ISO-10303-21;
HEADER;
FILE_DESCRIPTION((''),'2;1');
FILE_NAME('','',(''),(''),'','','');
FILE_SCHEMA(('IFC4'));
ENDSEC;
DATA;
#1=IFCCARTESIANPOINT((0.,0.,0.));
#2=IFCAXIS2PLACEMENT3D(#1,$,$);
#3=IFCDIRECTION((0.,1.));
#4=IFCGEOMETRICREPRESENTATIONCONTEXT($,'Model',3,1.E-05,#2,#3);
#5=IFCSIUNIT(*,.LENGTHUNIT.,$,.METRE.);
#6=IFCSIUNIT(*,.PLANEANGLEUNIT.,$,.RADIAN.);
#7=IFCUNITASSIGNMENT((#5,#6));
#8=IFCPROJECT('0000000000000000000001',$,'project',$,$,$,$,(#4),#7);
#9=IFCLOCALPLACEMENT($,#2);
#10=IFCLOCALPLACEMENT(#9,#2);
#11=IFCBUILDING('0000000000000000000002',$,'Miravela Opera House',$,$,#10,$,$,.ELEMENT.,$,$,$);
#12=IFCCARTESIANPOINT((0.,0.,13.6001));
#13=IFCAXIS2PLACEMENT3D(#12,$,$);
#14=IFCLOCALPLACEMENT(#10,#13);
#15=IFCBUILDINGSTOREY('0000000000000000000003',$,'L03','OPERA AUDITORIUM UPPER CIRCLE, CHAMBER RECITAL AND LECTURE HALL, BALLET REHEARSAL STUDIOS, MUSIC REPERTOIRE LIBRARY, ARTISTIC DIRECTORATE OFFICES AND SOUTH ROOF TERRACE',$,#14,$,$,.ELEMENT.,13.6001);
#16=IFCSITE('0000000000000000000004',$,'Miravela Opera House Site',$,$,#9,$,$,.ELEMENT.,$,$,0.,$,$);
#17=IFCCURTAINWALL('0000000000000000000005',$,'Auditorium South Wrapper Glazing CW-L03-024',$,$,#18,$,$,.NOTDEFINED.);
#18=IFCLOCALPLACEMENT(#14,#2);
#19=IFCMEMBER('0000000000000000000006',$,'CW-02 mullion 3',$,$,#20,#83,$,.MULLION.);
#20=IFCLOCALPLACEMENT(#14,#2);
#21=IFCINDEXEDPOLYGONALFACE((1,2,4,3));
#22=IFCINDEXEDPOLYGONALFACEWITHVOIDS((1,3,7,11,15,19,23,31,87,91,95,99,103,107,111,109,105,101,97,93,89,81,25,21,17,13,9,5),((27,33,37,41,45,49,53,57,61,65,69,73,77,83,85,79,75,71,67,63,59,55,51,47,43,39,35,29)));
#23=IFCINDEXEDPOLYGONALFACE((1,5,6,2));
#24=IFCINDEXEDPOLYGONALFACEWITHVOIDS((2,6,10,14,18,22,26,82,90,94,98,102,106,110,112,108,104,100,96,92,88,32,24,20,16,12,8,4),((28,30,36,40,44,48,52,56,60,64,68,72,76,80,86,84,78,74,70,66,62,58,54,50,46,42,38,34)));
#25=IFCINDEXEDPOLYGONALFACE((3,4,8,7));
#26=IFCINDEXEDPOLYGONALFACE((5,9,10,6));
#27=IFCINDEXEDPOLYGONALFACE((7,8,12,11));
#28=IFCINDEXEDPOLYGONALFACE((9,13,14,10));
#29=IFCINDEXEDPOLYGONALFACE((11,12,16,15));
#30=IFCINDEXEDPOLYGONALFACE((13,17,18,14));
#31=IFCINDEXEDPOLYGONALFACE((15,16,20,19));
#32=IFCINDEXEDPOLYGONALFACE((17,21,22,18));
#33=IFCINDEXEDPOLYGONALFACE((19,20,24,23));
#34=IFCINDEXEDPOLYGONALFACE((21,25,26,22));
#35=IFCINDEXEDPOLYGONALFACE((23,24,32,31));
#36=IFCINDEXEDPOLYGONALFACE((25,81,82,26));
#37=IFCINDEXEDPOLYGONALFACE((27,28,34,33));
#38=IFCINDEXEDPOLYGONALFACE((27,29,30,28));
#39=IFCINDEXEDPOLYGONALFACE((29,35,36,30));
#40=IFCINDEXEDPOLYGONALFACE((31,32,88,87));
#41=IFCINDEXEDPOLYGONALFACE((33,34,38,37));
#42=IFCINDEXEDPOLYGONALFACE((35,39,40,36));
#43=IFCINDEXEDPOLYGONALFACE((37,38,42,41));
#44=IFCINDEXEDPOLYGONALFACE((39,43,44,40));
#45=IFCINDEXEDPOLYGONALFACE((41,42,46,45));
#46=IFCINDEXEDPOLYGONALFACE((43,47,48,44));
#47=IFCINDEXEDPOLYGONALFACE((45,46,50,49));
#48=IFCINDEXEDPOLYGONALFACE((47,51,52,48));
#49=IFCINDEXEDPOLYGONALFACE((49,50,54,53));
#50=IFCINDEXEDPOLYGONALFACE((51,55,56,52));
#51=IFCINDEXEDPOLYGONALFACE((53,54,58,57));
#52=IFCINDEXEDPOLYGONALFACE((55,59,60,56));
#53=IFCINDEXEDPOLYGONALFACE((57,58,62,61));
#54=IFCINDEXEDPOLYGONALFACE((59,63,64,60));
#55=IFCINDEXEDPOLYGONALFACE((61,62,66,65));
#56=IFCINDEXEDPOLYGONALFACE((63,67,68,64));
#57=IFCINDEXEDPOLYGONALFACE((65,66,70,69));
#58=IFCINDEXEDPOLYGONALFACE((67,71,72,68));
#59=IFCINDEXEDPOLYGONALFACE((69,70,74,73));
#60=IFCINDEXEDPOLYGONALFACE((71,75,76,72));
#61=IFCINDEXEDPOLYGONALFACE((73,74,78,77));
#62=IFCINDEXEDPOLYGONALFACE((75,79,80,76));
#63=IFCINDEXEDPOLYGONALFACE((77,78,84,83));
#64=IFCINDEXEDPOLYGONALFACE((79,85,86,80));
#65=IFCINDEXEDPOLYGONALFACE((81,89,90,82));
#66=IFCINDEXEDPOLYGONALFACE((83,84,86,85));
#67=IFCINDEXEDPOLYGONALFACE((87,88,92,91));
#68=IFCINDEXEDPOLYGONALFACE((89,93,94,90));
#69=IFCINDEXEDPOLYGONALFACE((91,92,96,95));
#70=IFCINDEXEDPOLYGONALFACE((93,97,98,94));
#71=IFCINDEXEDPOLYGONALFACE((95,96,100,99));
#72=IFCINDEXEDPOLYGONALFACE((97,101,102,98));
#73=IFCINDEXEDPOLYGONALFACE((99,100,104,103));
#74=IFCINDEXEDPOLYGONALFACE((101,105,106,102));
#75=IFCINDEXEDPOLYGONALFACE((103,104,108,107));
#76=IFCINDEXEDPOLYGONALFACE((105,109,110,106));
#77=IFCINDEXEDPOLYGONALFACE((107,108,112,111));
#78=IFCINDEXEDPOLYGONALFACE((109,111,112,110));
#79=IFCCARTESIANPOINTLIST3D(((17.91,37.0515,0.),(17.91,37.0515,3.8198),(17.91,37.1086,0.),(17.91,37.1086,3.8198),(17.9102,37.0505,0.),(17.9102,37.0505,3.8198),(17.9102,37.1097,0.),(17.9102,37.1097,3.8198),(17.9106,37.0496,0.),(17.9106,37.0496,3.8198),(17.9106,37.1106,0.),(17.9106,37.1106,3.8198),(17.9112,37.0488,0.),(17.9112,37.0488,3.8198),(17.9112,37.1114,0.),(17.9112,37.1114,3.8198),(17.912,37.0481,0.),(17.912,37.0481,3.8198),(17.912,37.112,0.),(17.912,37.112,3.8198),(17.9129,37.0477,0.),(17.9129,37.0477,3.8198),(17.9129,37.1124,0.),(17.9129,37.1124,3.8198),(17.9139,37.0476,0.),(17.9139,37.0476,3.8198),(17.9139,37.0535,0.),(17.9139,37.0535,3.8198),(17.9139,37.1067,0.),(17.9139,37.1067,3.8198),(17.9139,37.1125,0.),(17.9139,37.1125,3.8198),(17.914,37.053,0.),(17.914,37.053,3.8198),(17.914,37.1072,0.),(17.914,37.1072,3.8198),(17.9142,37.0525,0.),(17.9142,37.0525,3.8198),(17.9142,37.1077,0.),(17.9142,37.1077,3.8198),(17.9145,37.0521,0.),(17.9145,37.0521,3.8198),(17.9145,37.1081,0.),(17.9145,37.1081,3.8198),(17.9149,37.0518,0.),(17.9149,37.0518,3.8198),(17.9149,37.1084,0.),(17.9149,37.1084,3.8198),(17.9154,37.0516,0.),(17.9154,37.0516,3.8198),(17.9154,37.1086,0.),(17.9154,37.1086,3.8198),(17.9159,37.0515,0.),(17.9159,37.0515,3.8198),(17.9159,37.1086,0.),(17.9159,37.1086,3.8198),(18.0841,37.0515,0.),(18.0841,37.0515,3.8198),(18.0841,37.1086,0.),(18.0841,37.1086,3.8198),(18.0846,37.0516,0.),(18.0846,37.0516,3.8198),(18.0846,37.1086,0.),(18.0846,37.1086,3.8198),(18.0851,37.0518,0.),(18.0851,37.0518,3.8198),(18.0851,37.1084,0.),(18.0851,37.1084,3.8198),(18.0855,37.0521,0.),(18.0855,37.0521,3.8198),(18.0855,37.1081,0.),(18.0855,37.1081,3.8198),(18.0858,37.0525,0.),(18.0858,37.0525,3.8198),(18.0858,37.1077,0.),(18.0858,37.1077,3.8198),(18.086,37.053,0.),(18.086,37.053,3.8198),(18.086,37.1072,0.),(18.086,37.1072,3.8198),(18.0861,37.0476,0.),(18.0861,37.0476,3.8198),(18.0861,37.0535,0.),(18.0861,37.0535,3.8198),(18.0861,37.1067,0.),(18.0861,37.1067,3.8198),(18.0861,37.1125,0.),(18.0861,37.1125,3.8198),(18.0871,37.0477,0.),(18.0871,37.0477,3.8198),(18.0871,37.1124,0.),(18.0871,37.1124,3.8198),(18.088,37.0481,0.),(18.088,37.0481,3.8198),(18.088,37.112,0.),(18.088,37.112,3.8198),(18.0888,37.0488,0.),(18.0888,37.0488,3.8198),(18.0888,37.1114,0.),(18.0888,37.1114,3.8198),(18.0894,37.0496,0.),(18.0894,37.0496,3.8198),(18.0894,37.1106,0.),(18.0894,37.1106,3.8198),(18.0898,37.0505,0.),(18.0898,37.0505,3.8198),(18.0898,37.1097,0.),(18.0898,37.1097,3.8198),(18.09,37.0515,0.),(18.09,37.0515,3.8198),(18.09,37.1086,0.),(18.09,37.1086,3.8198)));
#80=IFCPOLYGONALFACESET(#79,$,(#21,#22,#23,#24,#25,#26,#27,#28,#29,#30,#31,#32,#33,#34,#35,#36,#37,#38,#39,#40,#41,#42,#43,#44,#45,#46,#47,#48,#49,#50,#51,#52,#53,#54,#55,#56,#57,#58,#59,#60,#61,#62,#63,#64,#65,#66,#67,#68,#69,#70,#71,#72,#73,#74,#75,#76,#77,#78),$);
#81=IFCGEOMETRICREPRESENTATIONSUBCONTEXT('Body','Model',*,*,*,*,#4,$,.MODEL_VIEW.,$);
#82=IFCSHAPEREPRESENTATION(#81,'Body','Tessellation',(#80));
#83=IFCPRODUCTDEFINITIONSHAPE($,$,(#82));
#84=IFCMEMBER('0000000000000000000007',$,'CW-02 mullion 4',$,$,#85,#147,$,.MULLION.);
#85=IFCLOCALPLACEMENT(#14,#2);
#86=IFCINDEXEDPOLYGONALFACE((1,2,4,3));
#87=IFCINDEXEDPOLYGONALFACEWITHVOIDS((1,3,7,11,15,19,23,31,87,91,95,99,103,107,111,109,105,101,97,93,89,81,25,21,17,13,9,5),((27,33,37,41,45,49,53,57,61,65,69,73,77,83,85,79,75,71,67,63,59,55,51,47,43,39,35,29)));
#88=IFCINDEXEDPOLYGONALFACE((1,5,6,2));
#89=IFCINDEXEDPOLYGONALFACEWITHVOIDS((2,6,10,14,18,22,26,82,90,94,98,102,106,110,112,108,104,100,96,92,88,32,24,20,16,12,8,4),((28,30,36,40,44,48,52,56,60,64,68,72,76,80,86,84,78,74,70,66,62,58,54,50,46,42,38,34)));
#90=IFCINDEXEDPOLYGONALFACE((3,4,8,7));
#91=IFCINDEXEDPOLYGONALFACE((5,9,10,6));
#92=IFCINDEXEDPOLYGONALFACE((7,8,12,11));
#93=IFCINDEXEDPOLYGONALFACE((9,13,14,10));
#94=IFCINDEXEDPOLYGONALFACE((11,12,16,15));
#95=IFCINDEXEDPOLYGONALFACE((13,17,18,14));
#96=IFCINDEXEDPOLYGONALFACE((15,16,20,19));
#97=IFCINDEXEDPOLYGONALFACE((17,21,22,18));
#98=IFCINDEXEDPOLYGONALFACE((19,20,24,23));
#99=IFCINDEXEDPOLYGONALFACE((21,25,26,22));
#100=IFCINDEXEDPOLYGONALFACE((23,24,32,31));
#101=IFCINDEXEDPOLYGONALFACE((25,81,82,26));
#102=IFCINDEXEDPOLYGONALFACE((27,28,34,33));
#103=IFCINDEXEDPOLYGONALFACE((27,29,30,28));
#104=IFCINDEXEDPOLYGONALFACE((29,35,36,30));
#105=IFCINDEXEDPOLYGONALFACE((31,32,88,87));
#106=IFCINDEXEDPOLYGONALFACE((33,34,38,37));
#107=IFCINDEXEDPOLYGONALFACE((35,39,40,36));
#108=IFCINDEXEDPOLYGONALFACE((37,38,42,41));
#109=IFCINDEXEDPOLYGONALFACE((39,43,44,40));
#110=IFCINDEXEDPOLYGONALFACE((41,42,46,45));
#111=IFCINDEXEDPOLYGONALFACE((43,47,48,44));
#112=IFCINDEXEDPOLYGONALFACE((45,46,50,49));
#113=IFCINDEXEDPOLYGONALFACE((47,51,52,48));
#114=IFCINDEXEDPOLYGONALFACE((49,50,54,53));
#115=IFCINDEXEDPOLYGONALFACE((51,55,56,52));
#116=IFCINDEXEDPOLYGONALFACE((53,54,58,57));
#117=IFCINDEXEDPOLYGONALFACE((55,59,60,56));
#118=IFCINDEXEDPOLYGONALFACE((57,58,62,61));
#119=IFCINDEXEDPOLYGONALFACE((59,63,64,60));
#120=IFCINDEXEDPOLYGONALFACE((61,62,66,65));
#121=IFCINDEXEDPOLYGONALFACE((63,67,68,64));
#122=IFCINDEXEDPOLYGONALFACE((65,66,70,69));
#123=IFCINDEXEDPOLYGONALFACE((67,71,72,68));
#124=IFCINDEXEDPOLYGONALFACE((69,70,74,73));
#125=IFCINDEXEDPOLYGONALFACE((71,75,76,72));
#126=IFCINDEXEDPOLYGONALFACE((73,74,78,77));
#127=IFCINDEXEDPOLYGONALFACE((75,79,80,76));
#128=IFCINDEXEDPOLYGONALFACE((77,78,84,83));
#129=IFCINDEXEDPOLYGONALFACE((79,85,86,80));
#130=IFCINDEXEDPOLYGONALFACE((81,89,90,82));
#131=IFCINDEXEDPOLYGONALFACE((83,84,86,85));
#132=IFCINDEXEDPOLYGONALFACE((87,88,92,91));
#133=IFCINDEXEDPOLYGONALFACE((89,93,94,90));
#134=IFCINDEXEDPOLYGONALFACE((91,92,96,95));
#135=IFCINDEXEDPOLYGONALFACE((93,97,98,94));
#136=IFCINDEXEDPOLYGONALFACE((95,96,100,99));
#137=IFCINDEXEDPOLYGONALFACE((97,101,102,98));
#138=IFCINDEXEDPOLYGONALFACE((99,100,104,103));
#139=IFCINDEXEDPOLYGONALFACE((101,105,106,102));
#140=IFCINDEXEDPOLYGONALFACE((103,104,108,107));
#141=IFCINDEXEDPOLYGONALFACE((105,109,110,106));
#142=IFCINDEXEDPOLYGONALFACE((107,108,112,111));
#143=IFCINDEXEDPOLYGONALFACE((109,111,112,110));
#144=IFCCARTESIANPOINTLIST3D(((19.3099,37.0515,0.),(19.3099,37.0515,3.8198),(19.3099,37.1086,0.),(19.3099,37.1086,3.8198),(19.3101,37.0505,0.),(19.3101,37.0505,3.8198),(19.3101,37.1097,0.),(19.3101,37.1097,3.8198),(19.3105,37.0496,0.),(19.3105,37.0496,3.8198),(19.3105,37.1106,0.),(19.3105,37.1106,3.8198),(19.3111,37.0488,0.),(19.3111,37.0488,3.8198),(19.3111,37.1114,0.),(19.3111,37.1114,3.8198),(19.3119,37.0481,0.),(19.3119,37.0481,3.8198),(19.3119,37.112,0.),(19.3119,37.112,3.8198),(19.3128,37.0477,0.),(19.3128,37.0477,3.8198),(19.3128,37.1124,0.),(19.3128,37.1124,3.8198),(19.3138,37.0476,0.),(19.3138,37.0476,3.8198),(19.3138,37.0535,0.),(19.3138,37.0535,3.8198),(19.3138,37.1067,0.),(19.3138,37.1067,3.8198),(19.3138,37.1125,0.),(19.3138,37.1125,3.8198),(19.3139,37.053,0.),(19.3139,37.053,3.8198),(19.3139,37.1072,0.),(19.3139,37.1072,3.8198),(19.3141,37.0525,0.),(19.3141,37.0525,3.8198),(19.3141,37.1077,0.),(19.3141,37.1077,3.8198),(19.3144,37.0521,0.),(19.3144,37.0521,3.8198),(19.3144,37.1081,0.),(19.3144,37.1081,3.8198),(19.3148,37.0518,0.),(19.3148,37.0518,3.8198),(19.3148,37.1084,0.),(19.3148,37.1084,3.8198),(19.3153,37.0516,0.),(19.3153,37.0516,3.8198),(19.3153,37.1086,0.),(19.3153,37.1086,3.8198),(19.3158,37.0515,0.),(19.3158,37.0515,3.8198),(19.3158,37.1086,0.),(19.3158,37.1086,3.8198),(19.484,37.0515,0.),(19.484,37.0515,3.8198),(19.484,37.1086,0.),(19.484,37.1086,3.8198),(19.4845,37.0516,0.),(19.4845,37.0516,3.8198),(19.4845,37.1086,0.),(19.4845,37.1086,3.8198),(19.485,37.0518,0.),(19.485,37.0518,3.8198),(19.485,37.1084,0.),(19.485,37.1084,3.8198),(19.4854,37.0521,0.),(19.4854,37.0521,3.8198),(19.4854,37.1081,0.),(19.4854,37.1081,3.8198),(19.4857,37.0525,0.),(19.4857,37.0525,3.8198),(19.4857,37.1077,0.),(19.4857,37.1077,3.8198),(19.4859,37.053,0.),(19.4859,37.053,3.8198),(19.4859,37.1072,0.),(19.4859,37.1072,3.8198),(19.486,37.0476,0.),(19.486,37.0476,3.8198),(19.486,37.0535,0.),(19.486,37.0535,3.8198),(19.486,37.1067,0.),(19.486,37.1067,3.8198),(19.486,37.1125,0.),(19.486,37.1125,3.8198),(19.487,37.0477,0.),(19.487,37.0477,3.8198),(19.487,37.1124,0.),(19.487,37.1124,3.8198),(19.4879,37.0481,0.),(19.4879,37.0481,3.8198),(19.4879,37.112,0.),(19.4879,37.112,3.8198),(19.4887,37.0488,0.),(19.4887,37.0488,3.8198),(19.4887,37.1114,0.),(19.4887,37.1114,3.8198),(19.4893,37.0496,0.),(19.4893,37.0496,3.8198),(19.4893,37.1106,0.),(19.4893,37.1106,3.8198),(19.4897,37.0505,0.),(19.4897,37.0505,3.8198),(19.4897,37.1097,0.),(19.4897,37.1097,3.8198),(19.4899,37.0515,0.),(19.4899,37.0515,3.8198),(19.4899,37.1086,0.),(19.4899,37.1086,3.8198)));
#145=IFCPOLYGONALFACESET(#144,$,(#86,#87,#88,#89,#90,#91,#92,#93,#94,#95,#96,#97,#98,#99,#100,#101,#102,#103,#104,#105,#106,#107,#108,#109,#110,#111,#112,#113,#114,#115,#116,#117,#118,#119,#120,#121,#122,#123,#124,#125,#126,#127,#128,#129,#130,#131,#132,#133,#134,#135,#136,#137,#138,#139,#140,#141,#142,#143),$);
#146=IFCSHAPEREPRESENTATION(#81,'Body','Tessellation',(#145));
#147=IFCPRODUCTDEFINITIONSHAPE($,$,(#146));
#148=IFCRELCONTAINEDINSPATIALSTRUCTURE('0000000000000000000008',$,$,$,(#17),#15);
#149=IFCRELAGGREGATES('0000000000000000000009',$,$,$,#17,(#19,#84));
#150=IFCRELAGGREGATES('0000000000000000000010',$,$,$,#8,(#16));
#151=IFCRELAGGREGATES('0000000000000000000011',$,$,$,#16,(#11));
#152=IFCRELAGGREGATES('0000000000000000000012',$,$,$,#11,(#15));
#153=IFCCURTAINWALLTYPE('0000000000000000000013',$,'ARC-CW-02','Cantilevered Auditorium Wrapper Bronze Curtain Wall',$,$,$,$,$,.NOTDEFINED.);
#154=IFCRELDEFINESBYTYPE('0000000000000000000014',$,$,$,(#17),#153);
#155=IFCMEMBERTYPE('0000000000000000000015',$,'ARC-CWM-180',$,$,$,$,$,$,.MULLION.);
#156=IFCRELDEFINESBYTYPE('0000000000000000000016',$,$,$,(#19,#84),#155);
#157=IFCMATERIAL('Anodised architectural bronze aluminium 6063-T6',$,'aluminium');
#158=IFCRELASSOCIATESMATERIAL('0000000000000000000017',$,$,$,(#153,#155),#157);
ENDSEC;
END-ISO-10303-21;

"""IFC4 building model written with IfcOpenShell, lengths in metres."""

from ifc_helpers import new_model, si_unit, direction, frame, origin, origin_2d, place, context, subcontext, project, spatial, hollow_rectangle, extrude, material, material_profile, profile_set, type_object, element, aggregate, save


model = new_model("IFC4")

# Units and contexts
model_context = context("Model", 3, precision=1e-05, world=origin(), true_north=direction((0.0, 1.0)))
body_context = subcontext(model_context, "Body", "Model", "MODEL_VIEW")
ifc_project = project(units=[si_unit("LENGTHUNIT", "METRE"), si_unit("PLANEANGLEUNIT", "RADIAN")], contexts=[model_context])

# Site, building, storey
site_placement = place(None, origin())
site = spatial("IfcSite", under=ifc_project, at=site_placement, Name="Miravela Opera House Site", CompositionType="ELEMENT", RefElevation=0.0)
building_placement = place(site_placement, origin())
building = spatial("IfcBuilding", under=site, at=building_placement, Name="Miravela Opera House", CompositionType="ELEMENT")
storey_placement = place(building_placement, frame((0.0, 0.0, 13.6001)))
storey = spatial("IfcBuildingStorey", under=building, at=storey_placement, Name="L03", Description="OPERA AUDITORIUM UPPER CIRCLE, CHAMBER RECITAL AND LECTURE HALL, BALLET REHEARSAL STUDIOS, MUSIC REPERTOIRE LIBRARY, ARTISTIC DIRECTORATE OFFICES AND SOUTH ROOF TERRACE", CompositionType="ELEMENT", Elevation=13.6001)

# Curtain wall, members
ifc_material_1 = material(Name="Anodised architectural bronze aluminium 6063-T6", Category="aluminium")
curtain_wall_type = type_object("IfcCurtainWallType", Name="ARC-CW-02", Description="Cantilevered Auditorium Wrapper Bronze Curtain Wall", PredefinedType="NOTDEFINED", material=ifc_material_1)
curtain_wall_1_placement = place(storey_placement, origin())
curtain_wall_1 = element("IfcCurtainWall", 1, at=curtain_wall_1_placement, inside=storey, type_object=curtain_wall_type, Name="Auditorium South Wrapper Glazing CW-L03-024", PredefinedType="NOTDEFINED")
ifc_material_profile_1 = material_profile(ifc_material_1, hollow_rectangle(XDim=0.0649, YDim=0.1799, WallThickness=0.0039, InnerFilletRadius=0.002, OuterFilletRadius=0.0039, at=origin_2d()), Name="CWM-65X180")
ifc_profile_set_1 = profile_set([ifc_material_profile_1])
member_type_1 = type_object("IfcMemberType", Name="ARC-CWM-180", PredefinedType="MULLION", material=ifc_profile_set_1)
member_1_placement = place(storey_placement, frame((18.0, 37.0801, 0.0), z_axis=(0.0, 0.0, 1.0), x_axis=(0.0, 1.0, 0.0)))
member_1 = element("IfcMember", 2, at=member_1_placement, type_object=member_type_1, Name="CW-02 mullion 3", PredefinedType="MULLION", context=body_context, shape_type="SweptSolid", body=[
    extrude(hollow_rectangle(XDim=0.0649, YDim=0.1799, WallThickness=0.0039, InnerFilletRadius=0.002, OuterFilletRadius=0.0039, at=origin_2d()), origin(), (0.0, 0.0, 1.0), 3.8198),
])
member_2_placement = place(storey_placement, frame((19.3999, 37.0801, 0.0), z_axis=(0.0, 0.0, 1.0), x_axis=(0.0, 1.0, 0.0)))
member_2 = element("IfcMember", 3, at=member_2_placement, type_object=member_type_1, Name="CW-02 mullion 4", PredefinedType="MULLION", context=body_context, shape_type="SweptSolid", body=[
    extrude(hollow_rectangle(XDim=0.0649, YDim=0.1799, WallThickness=0.0039, InnerFilletRadius=0.002, OuterFilletRadius=0.0039, at=origin_2d()), origin(), (0.0, 0.0, 1.0), 3.8198),
])

aggregate(curtain_wall_1, [member_1, member_2])

save(model, "model.ifc")
